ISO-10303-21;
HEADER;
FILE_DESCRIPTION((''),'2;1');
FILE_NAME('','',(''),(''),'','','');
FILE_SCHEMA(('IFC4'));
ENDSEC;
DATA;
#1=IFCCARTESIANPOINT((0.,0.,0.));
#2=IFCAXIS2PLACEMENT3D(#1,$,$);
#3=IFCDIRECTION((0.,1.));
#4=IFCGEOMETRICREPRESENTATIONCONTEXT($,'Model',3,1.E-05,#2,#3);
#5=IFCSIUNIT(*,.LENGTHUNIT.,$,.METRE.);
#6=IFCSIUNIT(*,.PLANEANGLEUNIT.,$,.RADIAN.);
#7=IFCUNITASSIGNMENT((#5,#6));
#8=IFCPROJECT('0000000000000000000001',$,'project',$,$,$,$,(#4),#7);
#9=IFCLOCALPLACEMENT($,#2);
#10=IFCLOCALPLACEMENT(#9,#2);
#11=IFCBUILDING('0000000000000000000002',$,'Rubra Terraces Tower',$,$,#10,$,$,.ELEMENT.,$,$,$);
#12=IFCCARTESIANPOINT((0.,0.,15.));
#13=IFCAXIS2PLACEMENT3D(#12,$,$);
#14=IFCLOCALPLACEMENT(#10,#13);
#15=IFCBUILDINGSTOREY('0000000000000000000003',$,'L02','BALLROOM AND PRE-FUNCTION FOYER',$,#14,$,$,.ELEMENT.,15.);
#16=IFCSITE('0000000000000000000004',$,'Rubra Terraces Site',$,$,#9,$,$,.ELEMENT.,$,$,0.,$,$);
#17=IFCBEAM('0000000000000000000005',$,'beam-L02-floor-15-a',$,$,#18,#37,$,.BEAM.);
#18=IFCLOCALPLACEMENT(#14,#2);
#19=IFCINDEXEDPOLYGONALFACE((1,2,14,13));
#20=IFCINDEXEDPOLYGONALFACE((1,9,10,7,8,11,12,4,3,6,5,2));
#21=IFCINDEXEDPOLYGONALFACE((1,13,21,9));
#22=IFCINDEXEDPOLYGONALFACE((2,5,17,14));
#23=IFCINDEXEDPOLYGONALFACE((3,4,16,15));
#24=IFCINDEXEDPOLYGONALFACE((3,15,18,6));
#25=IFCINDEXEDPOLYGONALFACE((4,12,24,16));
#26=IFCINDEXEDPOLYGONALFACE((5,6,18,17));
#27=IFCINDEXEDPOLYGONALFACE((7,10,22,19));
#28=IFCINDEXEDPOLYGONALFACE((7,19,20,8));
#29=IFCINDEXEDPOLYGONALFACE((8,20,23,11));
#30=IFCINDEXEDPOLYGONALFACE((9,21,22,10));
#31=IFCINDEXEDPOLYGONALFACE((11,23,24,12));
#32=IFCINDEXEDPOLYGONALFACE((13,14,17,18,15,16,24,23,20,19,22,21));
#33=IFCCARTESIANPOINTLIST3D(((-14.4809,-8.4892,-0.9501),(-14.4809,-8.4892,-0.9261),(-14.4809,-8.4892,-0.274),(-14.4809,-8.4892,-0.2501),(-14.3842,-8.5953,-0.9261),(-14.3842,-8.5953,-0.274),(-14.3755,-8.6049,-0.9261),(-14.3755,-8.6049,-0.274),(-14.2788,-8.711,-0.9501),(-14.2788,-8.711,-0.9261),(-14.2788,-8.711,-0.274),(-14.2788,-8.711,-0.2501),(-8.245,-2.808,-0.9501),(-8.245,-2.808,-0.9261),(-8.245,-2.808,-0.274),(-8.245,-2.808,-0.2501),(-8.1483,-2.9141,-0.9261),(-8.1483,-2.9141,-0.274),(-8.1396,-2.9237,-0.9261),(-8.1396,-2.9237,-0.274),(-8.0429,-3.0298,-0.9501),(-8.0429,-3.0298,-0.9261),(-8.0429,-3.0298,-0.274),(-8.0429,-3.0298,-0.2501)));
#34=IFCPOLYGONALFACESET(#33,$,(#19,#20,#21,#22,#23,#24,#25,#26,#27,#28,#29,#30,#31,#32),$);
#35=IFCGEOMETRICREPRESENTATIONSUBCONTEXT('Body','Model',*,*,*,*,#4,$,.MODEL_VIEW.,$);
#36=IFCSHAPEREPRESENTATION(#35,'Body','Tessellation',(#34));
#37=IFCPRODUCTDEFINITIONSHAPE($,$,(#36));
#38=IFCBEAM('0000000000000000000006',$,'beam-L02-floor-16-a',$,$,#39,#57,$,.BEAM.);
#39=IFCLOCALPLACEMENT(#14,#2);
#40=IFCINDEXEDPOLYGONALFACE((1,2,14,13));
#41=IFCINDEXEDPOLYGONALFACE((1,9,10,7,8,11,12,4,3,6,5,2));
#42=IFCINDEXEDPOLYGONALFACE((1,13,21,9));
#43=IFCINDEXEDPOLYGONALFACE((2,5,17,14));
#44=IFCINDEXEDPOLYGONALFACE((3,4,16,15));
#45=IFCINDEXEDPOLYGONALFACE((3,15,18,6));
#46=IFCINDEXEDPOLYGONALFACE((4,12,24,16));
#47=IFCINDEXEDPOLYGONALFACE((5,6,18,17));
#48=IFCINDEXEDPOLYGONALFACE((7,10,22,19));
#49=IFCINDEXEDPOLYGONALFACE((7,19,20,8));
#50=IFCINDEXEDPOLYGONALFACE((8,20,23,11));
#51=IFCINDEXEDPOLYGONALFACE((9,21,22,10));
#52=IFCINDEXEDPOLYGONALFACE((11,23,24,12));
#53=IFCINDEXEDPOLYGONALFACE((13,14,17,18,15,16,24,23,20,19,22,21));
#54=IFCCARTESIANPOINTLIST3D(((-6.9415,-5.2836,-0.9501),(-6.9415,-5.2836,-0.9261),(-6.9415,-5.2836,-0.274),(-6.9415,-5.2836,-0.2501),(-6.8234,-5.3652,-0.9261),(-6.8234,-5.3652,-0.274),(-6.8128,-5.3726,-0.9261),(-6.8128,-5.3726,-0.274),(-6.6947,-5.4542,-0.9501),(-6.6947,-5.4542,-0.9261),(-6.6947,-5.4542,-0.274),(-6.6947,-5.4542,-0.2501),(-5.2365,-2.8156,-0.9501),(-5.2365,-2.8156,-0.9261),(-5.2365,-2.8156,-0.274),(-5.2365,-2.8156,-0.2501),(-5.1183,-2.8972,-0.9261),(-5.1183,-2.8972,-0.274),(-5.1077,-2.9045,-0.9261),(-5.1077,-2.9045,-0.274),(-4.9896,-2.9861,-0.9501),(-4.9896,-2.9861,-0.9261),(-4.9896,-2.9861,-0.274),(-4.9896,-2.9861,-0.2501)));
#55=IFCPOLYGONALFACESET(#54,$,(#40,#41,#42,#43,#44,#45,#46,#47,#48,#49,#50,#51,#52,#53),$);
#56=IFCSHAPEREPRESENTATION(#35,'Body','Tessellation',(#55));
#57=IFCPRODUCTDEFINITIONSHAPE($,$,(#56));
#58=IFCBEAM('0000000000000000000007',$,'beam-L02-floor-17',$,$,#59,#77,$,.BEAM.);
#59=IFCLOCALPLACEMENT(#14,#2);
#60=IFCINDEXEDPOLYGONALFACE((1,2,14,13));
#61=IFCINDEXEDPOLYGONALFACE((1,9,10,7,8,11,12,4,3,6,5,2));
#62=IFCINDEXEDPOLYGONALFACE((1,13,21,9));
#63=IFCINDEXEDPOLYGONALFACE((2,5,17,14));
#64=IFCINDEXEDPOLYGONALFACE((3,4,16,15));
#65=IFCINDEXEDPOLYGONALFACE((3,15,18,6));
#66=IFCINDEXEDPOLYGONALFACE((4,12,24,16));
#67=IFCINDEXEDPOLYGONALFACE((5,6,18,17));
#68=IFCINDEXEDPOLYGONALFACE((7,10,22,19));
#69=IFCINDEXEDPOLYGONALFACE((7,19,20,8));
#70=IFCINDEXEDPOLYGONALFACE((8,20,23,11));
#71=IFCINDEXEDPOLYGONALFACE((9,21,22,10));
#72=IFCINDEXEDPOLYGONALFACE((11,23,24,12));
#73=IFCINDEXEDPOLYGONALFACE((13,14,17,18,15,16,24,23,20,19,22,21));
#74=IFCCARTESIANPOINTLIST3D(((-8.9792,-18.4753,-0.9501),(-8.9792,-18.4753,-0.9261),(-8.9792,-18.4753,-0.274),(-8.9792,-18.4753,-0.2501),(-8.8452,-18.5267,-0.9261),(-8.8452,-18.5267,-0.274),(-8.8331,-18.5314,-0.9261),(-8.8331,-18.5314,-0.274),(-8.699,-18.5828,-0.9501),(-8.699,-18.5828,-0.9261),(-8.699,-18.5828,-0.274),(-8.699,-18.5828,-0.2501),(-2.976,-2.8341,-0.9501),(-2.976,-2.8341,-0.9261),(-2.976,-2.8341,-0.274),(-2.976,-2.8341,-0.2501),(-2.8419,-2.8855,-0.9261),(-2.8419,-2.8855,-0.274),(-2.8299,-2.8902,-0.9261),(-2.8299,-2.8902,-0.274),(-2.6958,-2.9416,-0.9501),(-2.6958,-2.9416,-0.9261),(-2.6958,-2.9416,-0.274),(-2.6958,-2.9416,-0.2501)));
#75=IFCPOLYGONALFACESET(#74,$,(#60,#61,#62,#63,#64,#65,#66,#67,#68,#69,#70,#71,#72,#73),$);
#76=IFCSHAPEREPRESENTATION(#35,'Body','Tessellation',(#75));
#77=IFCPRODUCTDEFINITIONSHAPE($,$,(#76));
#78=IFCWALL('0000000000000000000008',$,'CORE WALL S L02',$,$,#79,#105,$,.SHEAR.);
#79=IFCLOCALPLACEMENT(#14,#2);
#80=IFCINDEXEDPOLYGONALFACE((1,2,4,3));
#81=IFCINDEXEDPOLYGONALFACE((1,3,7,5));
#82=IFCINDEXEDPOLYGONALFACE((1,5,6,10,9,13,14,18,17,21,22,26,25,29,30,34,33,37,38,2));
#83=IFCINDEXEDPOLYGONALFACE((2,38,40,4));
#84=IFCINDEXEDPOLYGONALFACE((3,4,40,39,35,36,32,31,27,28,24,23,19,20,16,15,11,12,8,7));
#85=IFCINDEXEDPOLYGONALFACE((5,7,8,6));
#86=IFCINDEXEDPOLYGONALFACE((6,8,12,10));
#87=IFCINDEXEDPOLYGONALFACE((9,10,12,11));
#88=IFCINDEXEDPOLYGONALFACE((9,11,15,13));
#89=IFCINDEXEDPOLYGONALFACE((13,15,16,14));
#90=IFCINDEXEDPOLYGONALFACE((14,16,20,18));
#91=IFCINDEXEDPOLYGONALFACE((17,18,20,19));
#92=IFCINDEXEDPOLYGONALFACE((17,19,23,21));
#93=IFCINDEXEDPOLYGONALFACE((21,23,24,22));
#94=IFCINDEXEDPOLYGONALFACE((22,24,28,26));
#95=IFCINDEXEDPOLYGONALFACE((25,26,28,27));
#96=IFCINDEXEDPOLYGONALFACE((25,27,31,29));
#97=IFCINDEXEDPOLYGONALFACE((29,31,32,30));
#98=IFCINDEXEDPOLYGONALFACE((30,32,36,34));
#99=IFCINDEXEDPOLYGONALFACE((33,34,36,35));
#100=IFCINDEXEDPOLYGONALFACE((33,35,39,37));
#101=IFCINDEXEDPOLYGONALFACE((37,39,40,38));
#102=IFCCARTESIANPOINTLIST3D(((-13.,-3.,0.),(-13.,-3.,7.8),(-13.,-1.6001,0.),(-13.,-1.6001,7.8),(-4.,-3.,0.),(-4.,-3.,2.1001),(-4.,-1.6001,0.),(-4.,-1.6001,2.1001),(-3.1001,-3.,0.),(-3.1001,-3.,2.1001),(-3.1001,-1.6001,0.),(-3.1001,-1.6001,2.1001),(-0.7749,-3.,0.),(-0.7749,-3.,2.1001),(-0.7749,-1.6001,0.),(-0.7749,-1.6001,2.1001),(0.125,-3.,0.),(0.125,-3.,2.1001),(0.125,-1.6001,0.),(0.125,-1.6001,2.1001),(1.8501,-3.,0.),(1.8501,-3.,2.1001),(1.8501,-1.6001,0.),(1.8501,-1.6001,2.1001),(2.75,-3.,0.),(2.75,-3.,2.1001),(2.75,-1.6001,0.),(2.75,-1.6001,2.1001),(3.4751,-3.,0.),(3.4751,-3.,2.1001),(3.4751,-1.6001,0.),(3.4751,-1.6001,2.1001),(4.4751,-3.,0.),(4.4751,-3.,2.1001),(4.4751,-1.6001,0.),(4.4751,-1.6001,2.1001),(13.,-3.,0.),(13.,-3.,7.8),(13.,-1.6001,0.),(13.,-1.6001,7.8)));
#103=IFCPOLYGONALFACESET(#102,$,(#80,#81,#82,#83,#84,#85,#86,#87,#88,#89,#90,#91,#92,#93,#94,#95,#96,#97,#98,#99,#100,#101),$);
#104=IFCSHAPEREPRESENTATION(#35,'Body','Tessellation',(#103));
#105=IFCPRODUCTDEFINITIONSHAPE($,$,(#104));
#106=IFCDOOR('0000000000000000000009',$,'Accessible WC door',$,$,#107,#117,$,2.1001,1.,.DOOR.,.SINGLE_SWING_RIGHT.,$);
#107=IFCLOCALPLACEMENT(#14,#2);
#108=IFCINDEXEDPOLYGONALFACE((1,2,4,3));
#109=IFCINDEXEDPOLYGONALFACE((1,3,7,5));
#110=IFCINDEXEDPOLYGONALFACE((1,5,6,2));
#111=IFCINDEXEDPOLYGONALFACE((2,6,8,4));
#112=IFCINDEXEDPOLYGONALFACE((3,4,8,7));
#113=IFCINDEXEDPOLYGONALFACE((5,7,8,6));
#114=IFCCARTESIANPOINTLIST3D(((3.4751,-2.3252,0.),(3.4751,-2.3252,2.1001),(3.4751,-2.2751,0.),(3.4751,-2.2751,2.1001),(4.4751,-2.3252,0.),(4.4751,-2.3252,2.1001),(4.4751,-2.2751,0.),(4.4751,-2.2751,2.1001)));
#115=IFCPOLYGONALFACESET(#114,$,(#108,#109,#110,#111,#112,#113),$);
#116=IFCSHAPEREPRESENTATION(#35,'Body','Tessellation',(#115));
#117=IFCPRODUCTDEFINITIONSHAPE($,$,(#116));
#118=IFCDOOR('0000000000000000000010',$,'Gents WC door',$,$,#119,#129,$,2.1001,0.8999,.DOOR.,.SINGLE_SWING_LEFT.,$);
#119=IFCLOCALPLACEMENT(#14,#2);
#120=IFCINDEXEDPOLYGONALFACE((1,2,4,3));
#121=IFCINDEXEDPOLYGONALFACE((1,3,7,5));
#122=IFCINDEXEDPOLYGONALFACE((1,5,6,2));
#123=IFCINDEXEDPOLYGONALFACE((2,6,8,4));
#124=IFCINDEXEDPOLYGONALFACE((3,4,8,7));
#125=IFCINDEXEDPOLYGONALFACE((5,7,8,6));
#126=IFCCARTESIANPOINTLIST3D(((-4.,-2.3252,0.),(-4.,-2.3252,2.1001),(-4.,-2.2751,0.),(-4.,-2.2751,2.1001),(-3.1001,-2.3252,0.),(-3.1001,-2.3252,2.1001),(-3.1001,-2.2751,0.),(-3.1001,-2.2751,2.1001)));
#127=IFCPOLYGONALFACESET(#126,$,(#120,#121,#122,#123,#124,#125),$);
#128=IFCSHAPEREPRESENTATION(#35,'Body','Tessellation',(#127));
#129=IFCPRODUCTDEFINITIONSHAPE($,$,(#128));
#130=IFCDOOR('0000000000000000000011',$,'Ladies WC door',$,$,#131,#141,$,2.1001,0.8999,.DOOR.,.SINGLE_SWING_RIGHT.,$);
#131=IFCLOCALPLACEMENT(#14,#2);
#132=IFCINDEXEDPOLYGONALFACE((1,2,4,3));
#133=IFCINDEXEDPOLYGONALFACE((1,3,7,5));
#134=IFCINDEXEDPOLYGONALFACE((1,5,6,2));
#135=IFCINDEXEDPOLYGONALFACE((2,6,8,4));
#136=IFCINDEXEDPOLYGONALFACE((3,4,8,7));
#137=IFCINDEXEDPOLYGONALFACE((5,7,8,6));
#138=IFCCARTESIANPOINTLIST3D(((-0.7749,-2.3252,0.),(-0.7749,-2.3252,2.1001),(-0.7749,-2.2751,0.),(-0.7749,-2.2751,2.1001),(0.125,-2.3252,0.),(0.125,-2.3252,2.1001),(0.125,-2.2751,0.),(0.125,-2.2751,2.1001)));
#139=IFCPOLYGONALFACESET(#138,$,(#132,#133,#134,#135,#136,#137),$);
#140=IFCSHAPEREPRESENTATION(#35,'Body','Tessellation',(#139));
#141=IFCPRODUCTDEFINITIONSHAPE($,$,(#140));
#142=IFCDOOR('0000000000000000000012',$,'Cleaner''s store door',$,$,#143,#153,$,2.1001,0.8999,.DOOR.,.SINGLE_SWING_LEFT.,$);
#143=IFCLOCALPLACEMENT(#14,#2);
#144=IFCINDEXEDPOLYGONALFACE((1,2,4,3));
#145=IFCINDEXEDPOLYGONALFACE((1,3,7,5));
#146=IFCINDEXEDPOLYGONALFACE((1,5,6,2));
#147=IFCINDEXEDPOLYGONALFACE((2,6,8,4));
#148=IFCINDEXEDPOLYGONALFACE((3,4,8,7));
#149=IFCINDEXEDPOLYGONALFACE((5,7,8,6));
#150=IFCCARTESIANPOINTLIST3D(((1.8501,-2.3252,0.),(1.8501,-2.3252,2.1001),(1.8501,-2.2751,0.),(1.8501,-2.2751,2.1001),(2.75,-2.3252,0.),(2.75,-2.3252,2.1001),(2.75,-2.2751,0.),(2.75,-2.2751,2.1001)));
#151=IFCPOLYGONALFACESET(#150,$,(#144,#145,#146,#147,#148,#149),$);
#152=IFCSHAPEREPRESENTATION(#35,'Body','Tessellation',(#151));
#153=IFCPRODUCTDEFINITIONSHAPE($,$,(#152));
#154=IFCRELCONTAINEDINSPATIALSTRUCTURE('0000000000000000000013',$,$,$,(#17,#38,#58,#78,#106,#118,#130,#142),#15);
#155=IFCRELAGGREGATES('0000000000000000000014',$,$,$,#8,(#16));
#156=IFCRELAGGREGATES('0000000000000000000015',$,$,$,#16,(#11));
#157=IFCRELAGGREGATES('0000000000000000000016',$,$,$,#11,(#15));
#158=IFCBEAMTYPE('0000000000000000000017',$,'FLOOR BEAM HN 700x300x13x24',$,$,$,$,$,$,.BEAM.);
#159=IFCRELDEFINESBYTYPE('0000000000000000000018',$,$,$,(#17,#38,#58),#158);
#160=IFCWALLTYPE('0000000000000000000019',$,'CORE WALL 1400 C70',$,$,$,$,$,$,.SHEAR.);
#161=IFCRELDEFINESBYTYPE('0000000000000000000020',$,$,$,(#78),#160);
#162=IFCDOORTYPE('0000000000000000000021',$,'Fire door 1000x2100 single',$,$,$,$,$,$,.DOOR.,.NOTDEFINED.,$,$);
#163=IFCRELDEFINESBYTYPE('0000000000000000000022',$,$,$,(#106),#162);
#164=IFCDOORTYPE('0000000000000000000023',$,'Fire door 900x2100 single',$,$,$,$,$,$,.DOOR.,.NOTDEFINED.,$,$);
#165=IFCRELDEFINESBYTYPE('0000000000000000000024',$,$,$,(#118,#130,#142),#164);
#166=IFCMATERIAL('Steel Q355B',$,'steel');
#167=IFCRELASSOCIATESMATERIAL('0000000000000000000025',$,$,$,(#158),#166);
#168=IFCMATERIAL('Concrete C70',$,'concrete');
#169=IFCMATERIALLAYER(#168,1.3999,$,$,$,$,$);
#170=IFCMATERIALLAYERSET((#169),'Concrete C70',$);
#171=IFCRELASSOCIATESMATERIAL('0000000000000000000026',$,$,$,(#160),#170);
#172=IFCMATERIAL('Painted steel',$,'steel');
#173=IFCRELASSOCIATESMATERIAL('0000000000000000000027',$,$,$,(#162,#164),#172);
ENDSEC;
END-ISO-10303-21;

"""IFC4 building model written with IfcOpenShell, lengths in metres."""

from ifc_helpers import new_model, si_unit, direction, frame, frame_2d, origin, origin_2d, place, context, subcontext, project, spatial, rectangle, i_section, extrude, material, layer, layer_set, material_profile, profile_set, type_object, element, fill, save


model = new_model("IFC4")

# Units and contexts
model_context = context("Model", 3, precision=1e-05, world=origin(), true_north=direction((0.0, 1.0)))
body_context = subcontext(model_context, "Body", "Model", "MODEL_VIEW")
ifc_project = project(units=[si_unit("LENGTHUNIT", "METRE"), si_unit("PLANEANGLEUNIT", "RADIAN")], contexts=[model_context])

# Site, building, storey
site_placement = place(None, origin())
site = spatial("IfcSite", under=ifc_project, at=site_placement, Name="Rubra Terraces Site", CompositionType="ELEMENT", RefElevation=0.0)
building_placement = place(site_placement, origin())
building = spatial("IfcBuilding", under=site, at=building_placement, Name="Rubra Terraces Tower", CompositionType="ELEMENT")
storey_placement = place(building_placement, frame((0.0, 0.0, 15.0)))
storey = spatial("IfcBuildingStorey", under=building, at=storey_placement, Name="L02", Description="BALLROOM AND PRE-FUNCTION FOYER", CompositionType="ELEMENT", Elevation=15.0)

# Beams
ifc_material_1 = material(Name="Steel Q355B", Category="steel")
ifc_material_profile = material_profile(ifc_material_1, i_section(OverallWidth=0.3, OverallDepth=0.7, WebThickness=0.0129, FlangeThickness=0.0239, at=origin_2d()), Name="HN 700x300x13x24")
ifc_profile_set = profile_set([ifc_material_profile], Name="Steel Q355B")
beam_type = type_object("IfcBeamType", Name="FLOOR BEAM HN 700x300x13x24", PredefinedType="BEAM", material=ifc_profile_set)
beam_1_placement = place(storey_placement, frame((-14.3799, -8.6001, -0.6001), z_axis=(0.739219, 0.673465, 0.0), x_axis=(-0.673465, 0.739219, 0.0)))
element("IfcBeam", 1, at=beam_1_placement, inside=storey, type_object=beam_type, Name="beam-L02-floor-15-a", PredefinedType="BEAM", context=body_context, shape_type="SweptSolid", body=[
    extrude(i_section(OverallWidth=0.3, OverallDepth=0.7, WebThickness=0.0129, FlangeThickness=0.0239, at=origin_2d()), origin(), (0.0, 0.0, 1.0), 8.4358),
])
beam_2_placement = place(storey_placement, frame((-6.8181, -5.3689, -0.6001), z_axis=(0.56841, 0.822746, 0.0), x_axis=(-0.822746, 0.56841, 0.0)))
element("IfcBeam", 2, at=beam_2_placement, inside=storey, type_object=beam_type, Name="beam-L02-floor-16-a", PredefinedType="BEAM", context=body_context, shape_type="SweptSolid", body=[
    extrude(i_section(OverallWidth=0.3, OverallDepth=0.7, WebThickness=0.0129, FlangeThickness=0.0239, at=origin_2d()), origin(), (0.0, 0.0, 1.0), 2.9998),
])
beam_3_placement = place(storey_placement, frame((-8.8391, -18.5291, -0.6001), z_axis=(0.358322, 0.933598, 0.0), x_axis=(-0.933598, 0.358322, 0.0)))
element("IfcBeam", 3, at=beam_3_placement, inside=storey, type_object=beam_type, Name="beam-L02-floor-17", PredefinedType="BEAM", context=body_context, shape_type="SweptSolid", body=[
    extrude(i_section(OverallWidth=0.3, OverallDepth=0.7, WebThickness=0.0129, FlangeThickness=0.0239, at=origin_2d()), origin(), (0.0, 0.0, 1.0), 16.7537),
])

# Wall, openings, doors
ifc_material_2 = material(Name="Concrete C70", Category="concrete")
ifc_layer_1 = layer(ifc_material_2, 1.3999)
ifc_layer_set_1 = layer_set([ifc_layer_1], Name="Concrete C70")
wall_type_1 = type_object("IfcWallType", Name="CORE WALL 1400 C70", PredefinedType="SHEAR", material=ifc_layer_set_1)
wall_1_placement = place(storey_placement, frame((-13.0, -2.3, 0.0), z_axis=(0.0, 0.0, 1.0), x_axis=(1.0, 0.0, 0.0)))
wall_1 = element("IfcWall", 4, at=wall_1_placement, inside=storey, type_object=wall_type_1, Name="CORE WALL S L02", PredefinedType="SHEAR", context=body_context, shape_type="SweptSolid", body=[
    extrude(rectangle(XDim=26.0, YDim=1.3999, at=frame_2d((13.0, 0.0))), origin(), (0.0, 0.0, 1.0), 7.8),
])
opening_1_placement = place(wall_1_placement, frame((9.0, 0.0, 0.0)))
opening_1 = element("IfcOpeningElement", 5, at=opening_1_placement, cuts=wall_1, PredefinedType="OPENING", context=body_context, shape_type="SweptSolid", body=[
    extrude(rectangle(XDim=0.8999, YDim=2.1001, at=frame_2d((0.45, 1.05))), frame((0.0, 0.71, 0.0), z_axis=(0.0, -1.0, 0.0), x_axis=(1.0, 0.0, 0.0)), (0.0, 0.0, 1.0), 1.4199),
])
opening_2_placement = place(wall_1_placement, frame((12.2251, 0.0, 0.0)))
opening_2 = element("IfcOpeningElement", 6, at=opening_2_placement, cuts=wall_1, PredefinedType="OPENING", context=body_context, shape_type="SweptSolid", body=[
    extrude(rectangle(XDim=0.8999, YDim=2.1001, at=frame_2d((0.45, 1.05))), frame((0.0, 0.71, 0.0), z_axis=(0.0, -1.0, 0.0), x_axis=(1.0, 0.0, 0.0)), (0.0, 0.0, 1.0), 1.4199),
])
opening_3_placement = place(wall_1_placement, frame((14.8501, 0.0, 0.0)))
opening_3 = element("IfcOpeningElement", 7, at=opening_3_placement, cuts=wall_1, PredefinedType="OPENING", context=body_context, shape_type="SweptSolid", body=[
    extrude(rectangle(XDim=0.8999, YDim=2.1001, at=frame_2d((0.45, 1.05))), frame((0.0, 0.71, 0.0), z_axis=(0.0, -1.0, 0.0), x_axis=(1.0, 0.0, 0.0)), (0.0, 0.0, 1.0), 1.4199),
])
opening_4_placement = place(wall_1_placement, frame((16.4751, 0.0, 0.0)))
opening_4 = element("IfcOpeningElement", 8, at=opening_4_placement, cuts=wall_1, PredefinedType="OPENING", context=body_context, shape_type="SweptSolid", body=[
    extrude(rectangle(XDim=1.0, YDim=2.1001, at=frame_2d((0.5, 1.05))), frame((0.0, 0.71, 0.0), z_axis=(0.0, -1.0, 0.0), x_axis=(1.0, 0.0, 0.0)), (0.0, 0.0, 1.0), 1.4199),
])
ifc_material_3 = material(Name="Painted steel", Category="steel")
door_type_1 = type_object("IfcDoorType", Name="Fire door 1000x2100 single", OperationType="NOTDEFINED", PredefinedType="DOOR", material=ifc_material_3)
door_1_placement = place(opening_4_placement, origin())
door_1 = element("IfcDoor", 9, at=door_1_placement, inside=storey, type_object=door_type_1, Name="Accessible WC door", OperationType="SINGLE_SWING_RIGHT", OverallHeight=2.1001, OverallWidth=1.0, PredefinedType="DOOR", context=body_context, shape_type="SweptSolid", body=[
    extrude(rectangle(XDim=1.0, YDim=2.1001, at=frame_2d((0.5, 1.05))), frame((0.0, 0.0249, 0.0), z_axis=(0.0, -1.0, 0.0), x_axis=(1.0, 0.0, 0.0)), (0.0, 0.0, 1.0), 0.05),
])
fill(opening_4, door_1)
door_type_2 = type_object("IfcDoorType", Name="Fire door 900x2100 single", OperationType="NOTDEFINED", PredefinedType="DOOR", material=ifc_material_3)
door_2_placement = place(opening_1_placement, origin())
door_2 = element("IfcDoor", 10, at=door_2_placement, inside=storey, type_object=door_type_2, Name="Gents WC door", OperationType="SINGLE_SWING_LEFT", OverallHeight=2.1001, OverallWidth=0.8999, PredefinedType="DOOR", context=body_context, shape_type="SweptSolid", body=[
    extrude(rectangle(XDim=0.8999, YDim=2.1001, at=frame_2d((0.45, 1.05))), frame((0.0, 0.0249, 0.0), z_axis=(0.0, -1.0, 0.0), x_axis=(1.0, 0.0, 0.0)), (0.0, 0.0, 1.0), 0.05),
])
fill(opening_1, door_2)
door_3_placement = place(opening_2_placement, origin())
door_3 = element("IfcDoor", 11, at=door_3_placement, inside=storey, type_object=door_type_2, Name="Ladies WC door", OperationType="SINGLE_SWING_RIGHT", OverallHeight=2.1001, OverallWidth=0.8999, PredefinedType="DOOR", context=body_context, shape_type="SweptSolid", body=[
    extrude(rectangle(XDim=0.8999, YDim=2.1001, at=frame_2d((0.45, 1.05))), frame((0.0, 0.0249, 0.0), z_axis=(0.0, -1.0, 0.0), x_axis=(1.0, 0.0, 0.0)), (0.0, 0.0, 1.0), 0.05),
])
fill(opening_2, door_3)
door_4_placement = place(opening_3_placement, origin())
door_4 = element("IfcDoor", 12, at=door_4_placement, inside=storey, type_object=door_type_2, Name="Cleaner's store door", OperationType="SINGLE_SWING_LEFT", OverallHeight=2.1001, OverallWidth=0.8999, PredefinedType="DOOR", context=body_context, shape_type="SweptSolid", body=[
    extrude(rectangle(XDim=0.8999, YDim=2.1001, at=frame_2d((0.45, 1.05))), frame((0.0, 0.0249, 0.0), z_axis=(0.0, -1.0, 0.0), x_axis=(1.0, 0.0, 0.0)), (0.0, 0.0, 1.0), 0.05),
])
fill(opening_3, door_4)

save(model, "model.ifc")
